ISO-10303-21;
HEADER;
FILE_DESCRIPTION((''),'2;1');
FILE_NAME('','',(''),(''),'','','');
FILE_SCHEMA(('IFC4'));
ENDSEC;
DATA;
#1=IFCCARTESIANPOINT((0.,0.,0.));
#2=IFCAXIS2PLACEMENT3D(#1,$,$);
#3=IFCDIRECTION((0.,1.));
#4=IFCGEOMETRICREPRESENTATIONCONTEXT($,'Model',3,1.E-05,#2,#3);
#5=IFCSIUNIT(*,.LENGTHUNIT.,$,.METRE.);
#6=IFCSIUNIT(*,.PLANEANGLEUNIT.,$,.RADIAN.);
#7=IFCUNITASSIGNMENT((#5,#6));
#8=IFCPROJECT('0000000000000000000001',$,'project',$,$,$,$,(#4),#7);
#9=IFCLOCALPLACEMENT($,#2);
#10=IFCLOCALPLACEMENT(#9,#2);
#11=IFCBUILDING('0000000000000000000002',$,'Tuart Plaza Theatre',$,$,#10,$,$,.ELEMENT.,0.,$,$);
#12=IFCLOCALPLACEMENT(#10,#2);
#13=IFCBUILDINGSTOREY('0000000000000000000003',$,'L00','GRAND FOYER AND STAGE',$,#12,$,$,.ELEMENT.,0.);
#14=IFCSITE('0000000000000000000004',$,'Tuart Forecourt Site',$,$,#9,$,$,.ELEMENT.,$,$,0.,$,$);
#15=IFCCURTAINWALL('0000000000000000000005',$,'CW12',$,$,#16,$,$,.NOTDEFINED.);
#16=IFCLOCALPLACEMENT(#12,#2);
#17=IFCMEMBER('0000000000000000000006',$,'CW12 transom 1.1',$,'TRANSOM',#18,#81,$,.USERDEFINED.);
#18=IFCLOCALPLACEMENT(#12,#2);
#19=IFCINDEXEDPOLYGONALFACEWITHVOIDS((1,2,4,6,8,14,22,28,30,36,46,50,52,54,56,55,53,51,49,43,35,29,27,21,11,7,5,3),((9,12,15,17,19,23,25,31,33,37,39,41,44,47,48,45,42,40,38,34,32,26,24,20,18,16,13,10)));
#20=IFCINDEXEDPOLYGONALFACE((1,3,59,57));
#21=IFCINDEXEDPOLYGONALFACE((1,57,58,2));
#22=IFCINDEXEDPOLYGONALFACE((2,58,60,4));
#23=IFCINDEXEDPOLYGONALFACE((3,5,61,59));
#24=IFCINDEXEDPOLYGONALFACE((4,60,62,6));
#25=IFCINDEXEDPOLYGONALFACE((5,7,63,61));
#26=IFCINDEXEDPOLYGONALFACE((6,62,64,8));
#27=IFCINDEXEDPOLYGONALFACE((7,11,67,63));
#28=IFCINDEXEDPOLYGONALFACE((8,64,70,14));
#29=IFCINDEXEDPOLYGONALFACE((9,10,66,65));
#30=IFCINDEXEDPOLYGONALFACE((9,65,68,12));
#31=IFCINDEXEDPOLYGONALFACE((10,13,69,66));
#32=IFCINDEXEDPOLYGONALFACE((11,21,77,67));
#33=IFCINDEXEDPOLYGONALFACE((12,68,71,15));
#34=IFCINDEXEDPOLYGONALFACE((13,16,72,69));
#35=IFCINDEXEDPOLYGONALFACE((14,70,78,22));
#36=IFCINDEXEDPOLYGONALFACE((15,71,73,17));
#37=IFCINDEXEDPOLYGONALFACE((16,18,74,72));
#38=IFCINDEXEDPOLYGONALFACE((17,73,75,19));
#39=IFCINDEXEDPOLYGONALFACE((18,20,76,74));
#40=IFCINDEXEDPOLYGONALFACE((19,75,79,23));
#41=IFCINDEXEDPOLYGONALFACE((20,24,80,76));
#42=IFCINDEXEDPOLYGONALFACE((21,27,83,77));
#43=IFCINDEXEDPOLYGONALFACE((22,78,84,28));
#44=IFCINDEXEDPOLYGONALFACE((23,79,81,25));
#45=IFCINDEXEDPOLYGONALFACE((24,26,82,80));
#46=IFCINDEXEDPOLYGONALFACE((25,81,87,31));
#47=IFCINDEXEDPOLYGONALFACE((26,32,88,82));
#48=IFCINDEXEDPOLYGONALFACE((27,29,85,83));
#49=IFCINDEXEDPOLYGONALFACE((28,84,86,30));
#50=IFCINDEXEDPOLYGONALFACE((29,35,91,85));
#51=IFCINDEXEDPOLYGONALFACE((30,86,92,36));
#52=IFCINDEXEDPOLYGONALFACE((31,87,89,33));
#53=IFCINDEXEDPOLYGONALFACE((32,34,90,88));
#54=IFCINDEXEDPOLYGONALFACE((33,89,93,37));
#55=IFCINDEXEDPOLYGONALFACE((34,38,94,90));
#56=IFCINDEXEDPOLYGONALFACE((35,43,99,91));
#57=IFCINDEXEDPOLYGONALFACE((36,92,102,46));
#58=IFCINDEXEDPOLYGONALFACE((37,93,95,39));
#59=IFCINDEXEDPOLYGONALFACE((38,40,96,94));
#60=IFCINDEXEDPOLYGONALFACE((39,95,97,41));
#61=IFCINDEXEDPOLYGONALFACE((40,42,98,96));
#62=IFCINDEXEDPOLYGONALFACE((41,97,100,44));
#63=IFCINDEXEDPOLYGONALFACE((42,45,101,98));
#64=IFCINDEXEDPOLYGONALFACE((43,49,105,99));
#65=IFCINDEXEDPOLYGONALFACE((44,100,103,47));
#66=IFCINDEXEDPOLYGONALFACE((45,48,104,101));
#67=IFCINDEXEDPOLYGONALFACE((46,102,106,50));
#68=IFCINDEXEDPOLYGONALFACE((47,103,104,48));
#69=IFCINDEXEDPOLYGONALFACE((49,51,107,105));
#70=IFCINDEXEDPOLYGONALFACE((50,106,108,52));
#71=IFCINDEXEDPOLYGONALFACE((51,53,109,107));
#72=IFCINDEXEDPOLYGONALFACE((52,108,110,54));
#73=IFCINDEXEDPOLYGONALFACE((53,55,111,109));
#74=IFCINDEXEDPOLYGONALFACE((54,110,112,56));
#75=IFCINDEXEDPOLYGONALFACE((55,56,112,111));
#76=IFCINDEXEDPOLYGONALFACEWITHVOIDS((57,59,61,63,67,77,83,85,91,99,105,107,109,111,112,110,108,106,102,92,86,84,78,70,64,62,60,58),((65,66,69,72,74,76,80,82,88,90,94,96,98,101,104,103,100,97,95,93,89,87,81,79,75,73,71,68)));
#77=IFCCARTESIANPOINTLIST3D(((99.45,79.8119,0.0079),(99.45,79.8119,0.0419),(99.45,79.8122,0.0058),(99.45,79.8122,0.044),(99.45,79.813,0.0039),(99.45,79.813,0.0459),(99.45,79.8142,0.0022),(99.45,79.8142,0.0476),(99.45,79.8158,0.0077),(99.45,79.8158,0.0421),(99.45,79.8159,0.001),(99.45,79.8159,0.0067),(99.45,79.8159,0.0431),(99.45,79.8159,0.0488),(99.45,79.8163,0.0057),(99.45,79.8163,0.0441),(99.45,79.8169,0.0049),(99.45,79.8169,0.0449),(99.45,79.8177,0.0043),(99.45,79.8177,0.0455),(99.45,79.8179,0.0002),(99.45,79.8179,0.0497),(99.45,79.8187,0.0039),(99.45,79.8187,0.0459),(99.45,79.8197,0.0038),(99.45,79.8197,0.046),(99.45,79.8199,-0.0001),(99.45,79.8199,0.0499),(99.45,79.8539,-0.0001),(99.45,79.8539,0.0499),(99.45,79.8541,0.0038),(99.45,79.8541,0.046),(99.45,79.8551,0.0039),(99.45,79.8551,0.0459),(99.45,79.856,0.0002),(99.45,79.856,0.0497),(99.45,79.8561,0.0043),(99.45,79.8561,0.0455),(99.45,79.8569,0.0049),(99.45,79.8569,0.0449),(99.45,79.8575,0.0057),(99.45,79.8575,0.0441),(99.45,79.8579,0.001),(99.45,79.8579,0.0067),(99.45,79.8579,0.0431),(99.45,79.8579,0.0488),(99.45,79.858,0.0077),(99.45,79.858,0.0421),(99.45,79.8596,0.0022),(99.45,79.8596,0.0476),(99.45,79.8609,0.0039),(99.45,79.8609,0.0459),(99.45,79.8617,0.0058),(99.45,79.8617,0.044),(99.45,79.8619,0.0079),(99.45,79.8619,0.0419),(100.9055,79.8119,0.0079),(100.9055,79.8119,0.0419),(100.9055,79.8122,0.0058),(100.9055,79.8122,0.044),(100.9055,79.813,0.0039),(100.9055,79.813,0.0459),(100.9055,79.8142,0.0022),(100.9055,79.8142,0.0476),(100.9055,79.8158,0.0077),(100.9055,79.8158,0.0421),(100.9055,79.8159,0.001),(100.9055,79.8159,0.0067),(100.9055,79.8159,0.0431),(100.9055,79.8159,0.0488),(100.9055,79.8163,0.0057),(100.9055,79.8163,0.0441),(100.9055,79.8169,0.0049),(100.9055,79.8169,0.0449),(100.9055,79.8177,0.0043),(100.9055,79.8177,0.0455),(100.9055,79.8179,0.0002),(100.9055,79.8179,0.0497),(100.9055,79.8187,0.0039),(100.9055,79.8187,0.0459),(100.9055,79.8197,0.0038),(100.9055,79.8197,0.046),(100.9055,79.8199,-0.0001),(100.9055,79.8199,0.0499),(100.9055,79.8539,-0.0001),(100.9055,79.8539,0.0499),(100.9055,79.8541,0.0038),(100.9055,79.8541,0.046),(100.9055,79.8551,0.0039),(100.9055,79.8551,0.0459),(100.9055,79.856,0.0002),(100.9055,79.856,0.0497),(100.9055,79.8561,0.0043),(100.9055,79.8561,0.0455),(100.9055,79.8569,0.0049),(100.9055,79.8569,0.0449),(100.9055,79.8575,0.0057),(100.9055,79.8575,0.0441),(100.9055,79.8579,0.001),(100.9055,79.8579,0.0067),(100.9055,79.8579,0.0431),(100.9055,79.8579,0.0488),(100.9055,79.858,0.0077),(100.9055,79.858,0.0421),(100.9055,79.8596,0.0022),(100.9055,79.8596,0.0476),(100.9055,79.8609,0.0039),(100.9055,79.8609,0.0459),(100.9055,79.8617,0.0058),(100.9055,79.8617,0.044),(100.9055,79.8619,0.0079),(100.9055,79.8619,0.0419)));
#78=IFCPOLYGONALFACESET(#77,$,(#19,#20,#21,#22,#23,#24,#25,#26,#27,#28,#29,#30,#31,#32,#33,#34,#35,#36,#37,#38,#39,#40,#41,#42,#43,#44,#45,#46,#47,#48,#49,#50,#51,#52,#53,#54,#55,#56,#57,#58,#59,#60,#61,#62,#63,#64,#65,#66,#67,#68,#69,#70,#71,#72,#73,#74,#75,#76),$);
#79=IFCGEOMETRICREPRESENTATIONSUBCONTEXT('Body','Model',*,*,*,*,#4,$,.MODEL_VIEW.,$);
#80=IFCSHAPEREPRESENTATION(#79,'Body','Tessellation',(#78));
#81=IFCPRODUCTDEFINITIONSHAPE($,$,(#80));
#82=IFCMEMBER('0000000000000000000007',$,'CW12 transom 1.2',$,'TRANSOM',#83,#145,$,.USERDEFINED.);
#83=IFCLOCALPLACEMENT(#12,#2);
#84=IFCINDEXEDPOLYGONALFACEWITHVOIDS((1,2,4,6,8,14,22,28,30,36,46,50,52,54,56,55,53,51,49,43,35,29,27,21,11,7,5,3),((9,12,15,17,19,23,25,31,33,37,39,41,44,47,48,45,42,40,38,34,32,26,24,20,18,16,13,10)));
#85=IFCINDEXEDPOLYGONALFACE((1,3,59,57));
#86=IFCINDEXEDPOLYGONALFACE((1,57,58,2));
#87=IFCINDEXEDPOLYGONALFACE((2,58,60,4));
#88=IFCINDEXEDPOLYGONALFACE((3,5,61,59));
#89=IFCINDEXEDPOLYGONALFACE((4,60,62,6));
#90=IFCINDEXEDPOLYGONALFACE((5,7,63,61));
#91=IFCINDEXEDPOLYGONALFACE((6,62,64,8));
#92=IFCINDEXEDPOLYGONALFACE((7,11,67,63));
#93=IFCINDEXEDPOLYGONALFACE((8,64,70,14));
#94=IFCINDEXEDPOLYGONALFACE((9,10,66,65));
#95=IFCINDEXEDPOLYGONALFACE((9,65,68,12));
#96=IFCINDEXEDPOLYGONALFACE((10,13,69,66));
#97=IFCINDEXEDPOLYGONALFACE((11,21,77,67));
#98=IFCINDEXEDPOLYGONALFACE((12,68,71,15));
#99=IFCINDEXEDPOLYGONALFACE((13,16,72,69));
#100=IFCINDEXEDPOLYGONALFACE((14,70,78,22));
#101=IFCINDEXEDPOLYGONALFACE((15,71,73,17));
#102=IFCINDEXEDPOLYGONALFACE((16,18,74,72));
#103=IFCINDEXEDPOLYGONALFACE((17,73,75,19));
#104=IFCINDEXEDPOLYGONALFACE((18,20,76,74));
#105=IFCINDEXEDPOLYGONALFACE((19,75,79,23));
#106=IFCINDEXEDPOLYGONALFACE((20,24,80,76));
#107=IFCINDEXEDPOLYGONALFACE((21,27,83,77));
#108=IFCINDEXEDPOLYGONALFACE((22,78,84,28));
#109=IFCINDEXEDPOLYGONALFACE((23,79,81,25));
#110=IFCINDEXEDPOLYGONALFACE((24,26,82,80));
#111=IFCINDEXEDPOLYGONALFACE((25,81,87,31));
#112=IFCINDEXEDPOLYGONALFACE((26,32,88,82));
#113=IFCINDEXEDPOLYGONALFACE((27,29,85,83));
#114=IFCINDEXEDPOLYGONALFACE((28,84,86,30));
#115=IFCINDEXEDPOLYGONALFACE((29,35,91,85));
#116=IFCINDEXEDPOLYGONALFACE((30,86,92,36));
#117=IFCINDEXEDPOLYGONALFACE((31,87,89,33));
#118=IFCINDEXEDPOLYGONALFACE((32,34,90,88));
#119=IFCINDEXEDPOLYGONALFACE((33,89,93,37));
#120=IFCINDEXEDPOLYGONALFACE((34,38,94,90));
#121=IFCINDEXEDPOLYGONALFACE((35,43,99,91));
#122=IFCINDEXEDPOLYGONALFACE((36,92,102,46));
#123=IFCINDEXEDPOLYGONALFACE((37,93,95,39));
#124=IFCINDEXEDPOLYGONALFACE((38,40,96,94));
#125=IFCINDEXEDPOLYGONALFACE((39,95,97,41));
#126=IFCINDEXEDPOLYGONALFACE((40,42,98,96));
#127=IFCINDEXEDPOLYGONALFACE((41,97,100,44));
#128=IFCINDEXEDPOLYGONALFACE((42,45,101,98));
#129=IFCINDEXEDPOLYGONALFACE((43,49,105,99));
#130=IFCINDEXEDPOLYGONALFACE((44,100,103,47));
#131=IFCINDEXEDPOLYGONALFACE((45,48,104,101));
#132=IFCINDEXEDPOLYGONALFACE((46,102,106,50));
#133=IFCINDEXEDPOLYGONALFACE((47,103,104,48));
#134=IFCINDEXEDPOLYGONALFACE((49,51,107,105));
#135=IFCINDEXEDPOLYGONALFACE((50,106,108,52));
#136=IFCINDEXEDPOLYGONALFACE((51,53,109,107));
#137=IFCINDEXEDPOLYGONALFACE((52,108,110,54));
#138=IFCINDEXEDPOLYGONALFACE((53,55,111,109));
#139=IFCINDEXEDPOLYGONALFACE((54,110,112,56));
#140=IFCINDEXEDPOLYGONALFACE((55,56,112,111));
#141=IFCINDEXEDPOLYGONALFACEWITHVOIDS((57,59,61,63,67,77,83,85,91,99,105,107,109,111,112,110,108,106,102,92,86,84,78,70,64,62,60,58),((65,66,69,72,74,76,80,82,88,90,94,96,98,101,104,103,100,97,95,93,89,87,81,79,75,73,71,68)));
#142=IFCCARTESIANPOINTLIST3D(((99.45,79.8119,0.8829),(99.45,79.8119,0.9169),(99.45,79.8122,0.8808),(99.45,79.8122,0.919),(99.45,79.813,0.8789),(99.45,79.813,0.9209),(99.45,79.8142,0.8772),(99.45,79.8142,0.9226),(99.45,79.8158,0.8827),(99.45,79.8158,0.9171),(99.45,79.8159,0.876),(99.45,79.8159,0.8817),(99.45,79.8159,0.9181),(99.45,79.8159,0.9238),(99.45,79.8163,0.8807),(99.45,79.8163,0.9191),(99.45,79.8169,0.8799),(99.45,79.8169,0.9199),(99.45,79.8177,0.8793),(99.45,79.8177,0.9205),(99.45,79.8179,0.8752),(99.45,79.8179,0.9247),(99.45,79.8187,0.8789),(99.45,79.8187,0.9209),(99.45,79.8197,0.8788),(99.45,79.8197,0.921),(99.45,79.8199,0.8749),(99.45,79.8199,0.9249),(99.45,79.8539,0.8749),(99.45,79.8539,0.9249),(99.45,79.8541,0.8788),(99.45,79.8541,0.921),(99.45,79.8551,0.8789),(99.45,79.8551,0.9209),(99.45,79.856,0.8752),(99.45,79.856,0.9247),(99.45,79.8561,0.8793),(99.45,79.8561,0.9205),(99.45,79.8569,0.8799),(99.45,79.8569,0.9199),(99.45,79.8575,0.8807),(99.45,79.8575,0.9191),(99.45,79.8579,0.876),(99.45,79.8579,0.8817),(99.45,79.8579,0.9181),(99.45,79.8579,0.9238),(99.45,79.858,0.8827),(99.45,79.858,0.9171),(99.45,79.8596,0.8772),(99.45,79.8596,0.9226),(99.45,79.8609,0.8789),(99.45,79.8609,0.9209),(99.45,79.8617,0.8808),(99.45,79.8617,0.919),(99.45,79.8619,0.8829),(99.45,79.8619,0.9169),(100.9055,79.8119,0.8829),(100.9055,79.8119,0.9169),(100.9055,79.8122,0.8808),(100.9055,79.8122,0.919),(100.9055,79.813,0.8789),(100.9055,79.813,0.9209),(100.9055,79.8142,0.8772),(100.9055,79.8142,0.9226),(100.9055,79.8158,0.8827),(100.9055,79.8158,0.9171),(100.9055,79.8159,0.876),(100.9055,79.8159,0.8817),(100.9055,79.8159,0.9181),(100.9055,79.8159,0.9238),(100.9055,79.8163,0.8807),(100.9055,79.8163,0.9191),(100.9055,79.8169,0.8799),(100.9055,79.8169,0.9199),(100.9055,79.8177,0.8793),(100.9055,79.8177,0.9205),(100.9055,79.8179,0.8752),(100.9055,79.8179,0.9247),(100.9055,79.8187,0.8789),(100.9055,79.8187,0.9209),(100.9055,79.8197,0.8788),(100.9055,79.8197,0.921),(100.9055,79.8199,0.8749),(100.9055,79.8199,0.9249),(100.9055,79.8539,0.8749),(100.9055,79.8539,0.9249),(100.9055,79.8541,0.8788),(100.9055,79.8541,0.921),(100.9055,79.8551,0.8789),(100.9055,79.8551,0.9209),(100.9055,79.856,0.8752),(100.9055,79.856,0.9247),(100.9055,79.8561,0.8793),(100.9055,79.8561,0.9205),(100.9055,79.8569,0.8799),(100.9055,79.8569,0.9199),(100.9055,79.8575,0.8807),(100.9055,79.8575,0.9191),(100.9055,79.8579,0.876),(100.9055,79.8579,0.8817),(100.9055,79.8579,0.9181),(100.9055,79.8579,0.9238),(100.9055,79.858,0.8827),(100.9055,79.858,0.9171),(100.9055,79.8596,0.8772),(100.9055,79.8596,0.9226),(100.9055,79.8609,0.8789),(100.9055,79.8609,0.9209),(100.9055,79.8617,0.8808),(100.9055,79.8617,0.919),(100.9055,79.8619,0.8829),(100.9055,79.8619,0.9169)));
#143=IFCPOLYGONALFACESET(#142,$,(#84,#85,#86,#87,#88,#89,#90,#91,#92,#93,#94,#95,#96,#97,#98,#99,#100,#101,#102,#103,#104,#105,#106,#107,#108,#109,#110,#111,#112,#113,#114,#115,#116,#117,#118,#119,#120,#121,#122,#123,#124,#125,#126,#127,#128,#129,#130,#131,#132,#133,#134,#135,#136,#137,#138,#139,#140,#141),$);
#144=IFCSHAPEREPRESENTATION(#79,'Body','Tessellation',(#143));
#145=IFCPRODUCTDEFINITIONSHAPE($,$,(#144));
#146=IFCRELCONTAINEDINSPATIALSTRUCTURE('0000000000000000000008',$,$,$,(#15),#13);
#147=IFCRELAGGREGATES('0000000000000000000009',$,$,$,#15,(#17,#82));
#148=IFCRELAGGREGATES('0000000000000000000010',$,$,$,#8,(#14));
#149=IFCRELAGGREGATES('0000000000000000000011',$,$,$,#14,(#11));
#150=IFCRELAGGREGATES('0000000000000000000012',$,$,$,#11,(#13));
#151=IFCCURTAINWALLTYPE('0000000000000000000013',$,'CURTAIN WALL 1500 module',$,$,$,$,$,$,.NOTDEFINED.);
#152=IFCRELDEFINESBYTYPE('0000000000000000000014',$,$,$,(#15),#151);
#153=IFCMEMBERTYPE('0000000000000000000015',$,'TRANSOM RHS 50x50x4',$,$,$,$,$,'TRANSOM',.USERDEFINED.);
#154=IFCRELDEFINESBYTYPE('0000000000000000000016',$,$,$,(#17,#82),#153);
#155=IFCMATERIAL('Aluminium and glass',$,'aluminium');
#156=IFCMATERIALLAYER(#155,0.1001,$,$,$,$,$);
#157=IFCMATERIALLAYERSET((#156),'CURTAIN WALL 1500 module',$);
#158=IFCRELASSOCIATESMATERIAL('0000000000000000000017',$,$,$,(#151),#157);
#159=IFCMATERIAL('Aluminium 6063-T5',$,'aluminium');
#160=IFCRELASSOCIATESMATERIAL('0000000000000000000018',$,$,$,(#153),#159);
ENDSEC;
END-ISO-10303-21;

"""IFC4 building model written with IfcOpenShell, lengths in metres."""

from ifc_helpers import new_model, si_unit, direction, frame, origin, origin_2d, place, context, subcontext, project, spatial, hollow_rectangle, extrude, material, layer, layer_set, material_profile, profile_set, type_object, element, aggregate, save


model = new_model("IFC4")

# Units and contexts
model_context = context("Model", 3, precision=1e-05, world=origin(), true_north=direction((0.0, 1.0)))
body_context = subcontext(model_context, "Body", "Model", "MODEL_VIEW")
ifc_project = project(units=[si_unit("LENGTHUNIT", "METRE"), si_unit("PLANEANGLEUNIT", "RADIAN")], contexts=[model_context])

# Site, building, storey
site_placement = place(None, origin())
site = spatial("IfcSite", under=ifc_project, at=site_placement, Name="Tuart Forecourt Site", CompositionType="ELEMENT", RefElevation=0.0)
building_placement = place(site_placement, origin())
building = spatial("IfcBuilding", under=site, at=building_placement, Name="Tuart Plaza Theatre", CompositionType="ELEMENT", ElevationOfRefHeight=0.0)
storey_placement = place(building_placement, origin())
storey = spatial("IfcBuildingStorey", under=building, at=storey_placement, Name="L00", Description="GRAND FOYER AND STAGE", CompositionType="ELEMENT", Elevation=0.0)

# Curtain wall
ifc_material_1 = material(Name="Aluminium and glass", Category="aluminium")
ifc_layer_1 = layer(ifc_material_1, 0.1001)
ifc_layer_set_1 = layer_set([ifc_layer_1], Name="CURTAIN WALL 1500 module")
curtain_wall_type = type_object("IfcCurtainWallType", Name="CURTAIN WALL 1500 module", PredefinedType="NOTDEFINED", material=ifc_layer_set_1)
curtain_wall_1_placement = place(storey_placement, origin())
curtain_wall_1 = element("IfcCurtainWall", 1, at=curtain_wall_1_placement, inside=storey, type_object=curtain_wall_type, Name="CW12", PredefinedType="NOTDEFINED")

# Members
ifc_material_2 = material(Name="Aluminium 6063-T5", Category="aluminium")
ifc_material_profile_1 = material_profile(ifc_material_2, hollow_rectangle(XDim=0.05, YDim=0.05, WallThickness=0.0039, InnerFilletRadius=0.0039, OuterFilletRadius=0.0081, at=origin_2d()), Name="RHS 50x50x4")
ifc_profile_set_1 = profile_set([ifc_material_profile_1], Name="Aluminium 6063-T5")
member_type_1 = type_object("IfcMemberType", Name="TRANSOM RHS 50x50x4", ElementType="TRANSOM", PredefinedType="USERDEFINED", material=ifc_profile_set_1)
member_1_placement = place(storey_placement, frame((99.45, 79.8369, 0.0249), z_axis=(1.0, 0.0, 0.0), x_axis=(0.0, 1.0, 0.0)))
member_1 = element("IfcMember", 2, at=member_1_placement, type_object=member_type_1, Name="CW12 transom 1.1", ObjectType="TRANSOM", PredefinedType="USERDEFINED", context=body_context, shape_type="SweptSolid", body=[
    extrude(hollow_rectangle(XDim=0.05, YDim=0.05, WallThickness=0.0039, InnerFilletRadius=0.0039, OuterFilletRadius=0.0081, at=origin_2d()), origin(), (0.0, 0.0, 1.0), 1.4556),
])
member_2_placement = place(storey_placement, frame((99.45, 79.8369, 0.8999), z_axis=(1.0, 0.0, 0.0), x_axis=(0.0, 1.0, 0.0)))
member_2 = element("IfcMember", 3, at=member_2_placement, type_object=member_type_1, Name="CW12 transom 1.2", ObjectType="TRANSOM", PredefinedType="USERDEFINED", context=body_context, shape_type="SweptSolid", body=[
    extrude(hollow_rectangle(XDim=0.05, YDim=0.05, WallThickness=0.0039, InnerFilletRadius=0.0039, OuterFilletRadius=0.0081, at=origin_2d()), origin(), (0.0, 0.0, 1.0), 1.4556),
])

aggregate(curtain_wall_1, [member_1, member_2])

save(model, "model.ifc")
